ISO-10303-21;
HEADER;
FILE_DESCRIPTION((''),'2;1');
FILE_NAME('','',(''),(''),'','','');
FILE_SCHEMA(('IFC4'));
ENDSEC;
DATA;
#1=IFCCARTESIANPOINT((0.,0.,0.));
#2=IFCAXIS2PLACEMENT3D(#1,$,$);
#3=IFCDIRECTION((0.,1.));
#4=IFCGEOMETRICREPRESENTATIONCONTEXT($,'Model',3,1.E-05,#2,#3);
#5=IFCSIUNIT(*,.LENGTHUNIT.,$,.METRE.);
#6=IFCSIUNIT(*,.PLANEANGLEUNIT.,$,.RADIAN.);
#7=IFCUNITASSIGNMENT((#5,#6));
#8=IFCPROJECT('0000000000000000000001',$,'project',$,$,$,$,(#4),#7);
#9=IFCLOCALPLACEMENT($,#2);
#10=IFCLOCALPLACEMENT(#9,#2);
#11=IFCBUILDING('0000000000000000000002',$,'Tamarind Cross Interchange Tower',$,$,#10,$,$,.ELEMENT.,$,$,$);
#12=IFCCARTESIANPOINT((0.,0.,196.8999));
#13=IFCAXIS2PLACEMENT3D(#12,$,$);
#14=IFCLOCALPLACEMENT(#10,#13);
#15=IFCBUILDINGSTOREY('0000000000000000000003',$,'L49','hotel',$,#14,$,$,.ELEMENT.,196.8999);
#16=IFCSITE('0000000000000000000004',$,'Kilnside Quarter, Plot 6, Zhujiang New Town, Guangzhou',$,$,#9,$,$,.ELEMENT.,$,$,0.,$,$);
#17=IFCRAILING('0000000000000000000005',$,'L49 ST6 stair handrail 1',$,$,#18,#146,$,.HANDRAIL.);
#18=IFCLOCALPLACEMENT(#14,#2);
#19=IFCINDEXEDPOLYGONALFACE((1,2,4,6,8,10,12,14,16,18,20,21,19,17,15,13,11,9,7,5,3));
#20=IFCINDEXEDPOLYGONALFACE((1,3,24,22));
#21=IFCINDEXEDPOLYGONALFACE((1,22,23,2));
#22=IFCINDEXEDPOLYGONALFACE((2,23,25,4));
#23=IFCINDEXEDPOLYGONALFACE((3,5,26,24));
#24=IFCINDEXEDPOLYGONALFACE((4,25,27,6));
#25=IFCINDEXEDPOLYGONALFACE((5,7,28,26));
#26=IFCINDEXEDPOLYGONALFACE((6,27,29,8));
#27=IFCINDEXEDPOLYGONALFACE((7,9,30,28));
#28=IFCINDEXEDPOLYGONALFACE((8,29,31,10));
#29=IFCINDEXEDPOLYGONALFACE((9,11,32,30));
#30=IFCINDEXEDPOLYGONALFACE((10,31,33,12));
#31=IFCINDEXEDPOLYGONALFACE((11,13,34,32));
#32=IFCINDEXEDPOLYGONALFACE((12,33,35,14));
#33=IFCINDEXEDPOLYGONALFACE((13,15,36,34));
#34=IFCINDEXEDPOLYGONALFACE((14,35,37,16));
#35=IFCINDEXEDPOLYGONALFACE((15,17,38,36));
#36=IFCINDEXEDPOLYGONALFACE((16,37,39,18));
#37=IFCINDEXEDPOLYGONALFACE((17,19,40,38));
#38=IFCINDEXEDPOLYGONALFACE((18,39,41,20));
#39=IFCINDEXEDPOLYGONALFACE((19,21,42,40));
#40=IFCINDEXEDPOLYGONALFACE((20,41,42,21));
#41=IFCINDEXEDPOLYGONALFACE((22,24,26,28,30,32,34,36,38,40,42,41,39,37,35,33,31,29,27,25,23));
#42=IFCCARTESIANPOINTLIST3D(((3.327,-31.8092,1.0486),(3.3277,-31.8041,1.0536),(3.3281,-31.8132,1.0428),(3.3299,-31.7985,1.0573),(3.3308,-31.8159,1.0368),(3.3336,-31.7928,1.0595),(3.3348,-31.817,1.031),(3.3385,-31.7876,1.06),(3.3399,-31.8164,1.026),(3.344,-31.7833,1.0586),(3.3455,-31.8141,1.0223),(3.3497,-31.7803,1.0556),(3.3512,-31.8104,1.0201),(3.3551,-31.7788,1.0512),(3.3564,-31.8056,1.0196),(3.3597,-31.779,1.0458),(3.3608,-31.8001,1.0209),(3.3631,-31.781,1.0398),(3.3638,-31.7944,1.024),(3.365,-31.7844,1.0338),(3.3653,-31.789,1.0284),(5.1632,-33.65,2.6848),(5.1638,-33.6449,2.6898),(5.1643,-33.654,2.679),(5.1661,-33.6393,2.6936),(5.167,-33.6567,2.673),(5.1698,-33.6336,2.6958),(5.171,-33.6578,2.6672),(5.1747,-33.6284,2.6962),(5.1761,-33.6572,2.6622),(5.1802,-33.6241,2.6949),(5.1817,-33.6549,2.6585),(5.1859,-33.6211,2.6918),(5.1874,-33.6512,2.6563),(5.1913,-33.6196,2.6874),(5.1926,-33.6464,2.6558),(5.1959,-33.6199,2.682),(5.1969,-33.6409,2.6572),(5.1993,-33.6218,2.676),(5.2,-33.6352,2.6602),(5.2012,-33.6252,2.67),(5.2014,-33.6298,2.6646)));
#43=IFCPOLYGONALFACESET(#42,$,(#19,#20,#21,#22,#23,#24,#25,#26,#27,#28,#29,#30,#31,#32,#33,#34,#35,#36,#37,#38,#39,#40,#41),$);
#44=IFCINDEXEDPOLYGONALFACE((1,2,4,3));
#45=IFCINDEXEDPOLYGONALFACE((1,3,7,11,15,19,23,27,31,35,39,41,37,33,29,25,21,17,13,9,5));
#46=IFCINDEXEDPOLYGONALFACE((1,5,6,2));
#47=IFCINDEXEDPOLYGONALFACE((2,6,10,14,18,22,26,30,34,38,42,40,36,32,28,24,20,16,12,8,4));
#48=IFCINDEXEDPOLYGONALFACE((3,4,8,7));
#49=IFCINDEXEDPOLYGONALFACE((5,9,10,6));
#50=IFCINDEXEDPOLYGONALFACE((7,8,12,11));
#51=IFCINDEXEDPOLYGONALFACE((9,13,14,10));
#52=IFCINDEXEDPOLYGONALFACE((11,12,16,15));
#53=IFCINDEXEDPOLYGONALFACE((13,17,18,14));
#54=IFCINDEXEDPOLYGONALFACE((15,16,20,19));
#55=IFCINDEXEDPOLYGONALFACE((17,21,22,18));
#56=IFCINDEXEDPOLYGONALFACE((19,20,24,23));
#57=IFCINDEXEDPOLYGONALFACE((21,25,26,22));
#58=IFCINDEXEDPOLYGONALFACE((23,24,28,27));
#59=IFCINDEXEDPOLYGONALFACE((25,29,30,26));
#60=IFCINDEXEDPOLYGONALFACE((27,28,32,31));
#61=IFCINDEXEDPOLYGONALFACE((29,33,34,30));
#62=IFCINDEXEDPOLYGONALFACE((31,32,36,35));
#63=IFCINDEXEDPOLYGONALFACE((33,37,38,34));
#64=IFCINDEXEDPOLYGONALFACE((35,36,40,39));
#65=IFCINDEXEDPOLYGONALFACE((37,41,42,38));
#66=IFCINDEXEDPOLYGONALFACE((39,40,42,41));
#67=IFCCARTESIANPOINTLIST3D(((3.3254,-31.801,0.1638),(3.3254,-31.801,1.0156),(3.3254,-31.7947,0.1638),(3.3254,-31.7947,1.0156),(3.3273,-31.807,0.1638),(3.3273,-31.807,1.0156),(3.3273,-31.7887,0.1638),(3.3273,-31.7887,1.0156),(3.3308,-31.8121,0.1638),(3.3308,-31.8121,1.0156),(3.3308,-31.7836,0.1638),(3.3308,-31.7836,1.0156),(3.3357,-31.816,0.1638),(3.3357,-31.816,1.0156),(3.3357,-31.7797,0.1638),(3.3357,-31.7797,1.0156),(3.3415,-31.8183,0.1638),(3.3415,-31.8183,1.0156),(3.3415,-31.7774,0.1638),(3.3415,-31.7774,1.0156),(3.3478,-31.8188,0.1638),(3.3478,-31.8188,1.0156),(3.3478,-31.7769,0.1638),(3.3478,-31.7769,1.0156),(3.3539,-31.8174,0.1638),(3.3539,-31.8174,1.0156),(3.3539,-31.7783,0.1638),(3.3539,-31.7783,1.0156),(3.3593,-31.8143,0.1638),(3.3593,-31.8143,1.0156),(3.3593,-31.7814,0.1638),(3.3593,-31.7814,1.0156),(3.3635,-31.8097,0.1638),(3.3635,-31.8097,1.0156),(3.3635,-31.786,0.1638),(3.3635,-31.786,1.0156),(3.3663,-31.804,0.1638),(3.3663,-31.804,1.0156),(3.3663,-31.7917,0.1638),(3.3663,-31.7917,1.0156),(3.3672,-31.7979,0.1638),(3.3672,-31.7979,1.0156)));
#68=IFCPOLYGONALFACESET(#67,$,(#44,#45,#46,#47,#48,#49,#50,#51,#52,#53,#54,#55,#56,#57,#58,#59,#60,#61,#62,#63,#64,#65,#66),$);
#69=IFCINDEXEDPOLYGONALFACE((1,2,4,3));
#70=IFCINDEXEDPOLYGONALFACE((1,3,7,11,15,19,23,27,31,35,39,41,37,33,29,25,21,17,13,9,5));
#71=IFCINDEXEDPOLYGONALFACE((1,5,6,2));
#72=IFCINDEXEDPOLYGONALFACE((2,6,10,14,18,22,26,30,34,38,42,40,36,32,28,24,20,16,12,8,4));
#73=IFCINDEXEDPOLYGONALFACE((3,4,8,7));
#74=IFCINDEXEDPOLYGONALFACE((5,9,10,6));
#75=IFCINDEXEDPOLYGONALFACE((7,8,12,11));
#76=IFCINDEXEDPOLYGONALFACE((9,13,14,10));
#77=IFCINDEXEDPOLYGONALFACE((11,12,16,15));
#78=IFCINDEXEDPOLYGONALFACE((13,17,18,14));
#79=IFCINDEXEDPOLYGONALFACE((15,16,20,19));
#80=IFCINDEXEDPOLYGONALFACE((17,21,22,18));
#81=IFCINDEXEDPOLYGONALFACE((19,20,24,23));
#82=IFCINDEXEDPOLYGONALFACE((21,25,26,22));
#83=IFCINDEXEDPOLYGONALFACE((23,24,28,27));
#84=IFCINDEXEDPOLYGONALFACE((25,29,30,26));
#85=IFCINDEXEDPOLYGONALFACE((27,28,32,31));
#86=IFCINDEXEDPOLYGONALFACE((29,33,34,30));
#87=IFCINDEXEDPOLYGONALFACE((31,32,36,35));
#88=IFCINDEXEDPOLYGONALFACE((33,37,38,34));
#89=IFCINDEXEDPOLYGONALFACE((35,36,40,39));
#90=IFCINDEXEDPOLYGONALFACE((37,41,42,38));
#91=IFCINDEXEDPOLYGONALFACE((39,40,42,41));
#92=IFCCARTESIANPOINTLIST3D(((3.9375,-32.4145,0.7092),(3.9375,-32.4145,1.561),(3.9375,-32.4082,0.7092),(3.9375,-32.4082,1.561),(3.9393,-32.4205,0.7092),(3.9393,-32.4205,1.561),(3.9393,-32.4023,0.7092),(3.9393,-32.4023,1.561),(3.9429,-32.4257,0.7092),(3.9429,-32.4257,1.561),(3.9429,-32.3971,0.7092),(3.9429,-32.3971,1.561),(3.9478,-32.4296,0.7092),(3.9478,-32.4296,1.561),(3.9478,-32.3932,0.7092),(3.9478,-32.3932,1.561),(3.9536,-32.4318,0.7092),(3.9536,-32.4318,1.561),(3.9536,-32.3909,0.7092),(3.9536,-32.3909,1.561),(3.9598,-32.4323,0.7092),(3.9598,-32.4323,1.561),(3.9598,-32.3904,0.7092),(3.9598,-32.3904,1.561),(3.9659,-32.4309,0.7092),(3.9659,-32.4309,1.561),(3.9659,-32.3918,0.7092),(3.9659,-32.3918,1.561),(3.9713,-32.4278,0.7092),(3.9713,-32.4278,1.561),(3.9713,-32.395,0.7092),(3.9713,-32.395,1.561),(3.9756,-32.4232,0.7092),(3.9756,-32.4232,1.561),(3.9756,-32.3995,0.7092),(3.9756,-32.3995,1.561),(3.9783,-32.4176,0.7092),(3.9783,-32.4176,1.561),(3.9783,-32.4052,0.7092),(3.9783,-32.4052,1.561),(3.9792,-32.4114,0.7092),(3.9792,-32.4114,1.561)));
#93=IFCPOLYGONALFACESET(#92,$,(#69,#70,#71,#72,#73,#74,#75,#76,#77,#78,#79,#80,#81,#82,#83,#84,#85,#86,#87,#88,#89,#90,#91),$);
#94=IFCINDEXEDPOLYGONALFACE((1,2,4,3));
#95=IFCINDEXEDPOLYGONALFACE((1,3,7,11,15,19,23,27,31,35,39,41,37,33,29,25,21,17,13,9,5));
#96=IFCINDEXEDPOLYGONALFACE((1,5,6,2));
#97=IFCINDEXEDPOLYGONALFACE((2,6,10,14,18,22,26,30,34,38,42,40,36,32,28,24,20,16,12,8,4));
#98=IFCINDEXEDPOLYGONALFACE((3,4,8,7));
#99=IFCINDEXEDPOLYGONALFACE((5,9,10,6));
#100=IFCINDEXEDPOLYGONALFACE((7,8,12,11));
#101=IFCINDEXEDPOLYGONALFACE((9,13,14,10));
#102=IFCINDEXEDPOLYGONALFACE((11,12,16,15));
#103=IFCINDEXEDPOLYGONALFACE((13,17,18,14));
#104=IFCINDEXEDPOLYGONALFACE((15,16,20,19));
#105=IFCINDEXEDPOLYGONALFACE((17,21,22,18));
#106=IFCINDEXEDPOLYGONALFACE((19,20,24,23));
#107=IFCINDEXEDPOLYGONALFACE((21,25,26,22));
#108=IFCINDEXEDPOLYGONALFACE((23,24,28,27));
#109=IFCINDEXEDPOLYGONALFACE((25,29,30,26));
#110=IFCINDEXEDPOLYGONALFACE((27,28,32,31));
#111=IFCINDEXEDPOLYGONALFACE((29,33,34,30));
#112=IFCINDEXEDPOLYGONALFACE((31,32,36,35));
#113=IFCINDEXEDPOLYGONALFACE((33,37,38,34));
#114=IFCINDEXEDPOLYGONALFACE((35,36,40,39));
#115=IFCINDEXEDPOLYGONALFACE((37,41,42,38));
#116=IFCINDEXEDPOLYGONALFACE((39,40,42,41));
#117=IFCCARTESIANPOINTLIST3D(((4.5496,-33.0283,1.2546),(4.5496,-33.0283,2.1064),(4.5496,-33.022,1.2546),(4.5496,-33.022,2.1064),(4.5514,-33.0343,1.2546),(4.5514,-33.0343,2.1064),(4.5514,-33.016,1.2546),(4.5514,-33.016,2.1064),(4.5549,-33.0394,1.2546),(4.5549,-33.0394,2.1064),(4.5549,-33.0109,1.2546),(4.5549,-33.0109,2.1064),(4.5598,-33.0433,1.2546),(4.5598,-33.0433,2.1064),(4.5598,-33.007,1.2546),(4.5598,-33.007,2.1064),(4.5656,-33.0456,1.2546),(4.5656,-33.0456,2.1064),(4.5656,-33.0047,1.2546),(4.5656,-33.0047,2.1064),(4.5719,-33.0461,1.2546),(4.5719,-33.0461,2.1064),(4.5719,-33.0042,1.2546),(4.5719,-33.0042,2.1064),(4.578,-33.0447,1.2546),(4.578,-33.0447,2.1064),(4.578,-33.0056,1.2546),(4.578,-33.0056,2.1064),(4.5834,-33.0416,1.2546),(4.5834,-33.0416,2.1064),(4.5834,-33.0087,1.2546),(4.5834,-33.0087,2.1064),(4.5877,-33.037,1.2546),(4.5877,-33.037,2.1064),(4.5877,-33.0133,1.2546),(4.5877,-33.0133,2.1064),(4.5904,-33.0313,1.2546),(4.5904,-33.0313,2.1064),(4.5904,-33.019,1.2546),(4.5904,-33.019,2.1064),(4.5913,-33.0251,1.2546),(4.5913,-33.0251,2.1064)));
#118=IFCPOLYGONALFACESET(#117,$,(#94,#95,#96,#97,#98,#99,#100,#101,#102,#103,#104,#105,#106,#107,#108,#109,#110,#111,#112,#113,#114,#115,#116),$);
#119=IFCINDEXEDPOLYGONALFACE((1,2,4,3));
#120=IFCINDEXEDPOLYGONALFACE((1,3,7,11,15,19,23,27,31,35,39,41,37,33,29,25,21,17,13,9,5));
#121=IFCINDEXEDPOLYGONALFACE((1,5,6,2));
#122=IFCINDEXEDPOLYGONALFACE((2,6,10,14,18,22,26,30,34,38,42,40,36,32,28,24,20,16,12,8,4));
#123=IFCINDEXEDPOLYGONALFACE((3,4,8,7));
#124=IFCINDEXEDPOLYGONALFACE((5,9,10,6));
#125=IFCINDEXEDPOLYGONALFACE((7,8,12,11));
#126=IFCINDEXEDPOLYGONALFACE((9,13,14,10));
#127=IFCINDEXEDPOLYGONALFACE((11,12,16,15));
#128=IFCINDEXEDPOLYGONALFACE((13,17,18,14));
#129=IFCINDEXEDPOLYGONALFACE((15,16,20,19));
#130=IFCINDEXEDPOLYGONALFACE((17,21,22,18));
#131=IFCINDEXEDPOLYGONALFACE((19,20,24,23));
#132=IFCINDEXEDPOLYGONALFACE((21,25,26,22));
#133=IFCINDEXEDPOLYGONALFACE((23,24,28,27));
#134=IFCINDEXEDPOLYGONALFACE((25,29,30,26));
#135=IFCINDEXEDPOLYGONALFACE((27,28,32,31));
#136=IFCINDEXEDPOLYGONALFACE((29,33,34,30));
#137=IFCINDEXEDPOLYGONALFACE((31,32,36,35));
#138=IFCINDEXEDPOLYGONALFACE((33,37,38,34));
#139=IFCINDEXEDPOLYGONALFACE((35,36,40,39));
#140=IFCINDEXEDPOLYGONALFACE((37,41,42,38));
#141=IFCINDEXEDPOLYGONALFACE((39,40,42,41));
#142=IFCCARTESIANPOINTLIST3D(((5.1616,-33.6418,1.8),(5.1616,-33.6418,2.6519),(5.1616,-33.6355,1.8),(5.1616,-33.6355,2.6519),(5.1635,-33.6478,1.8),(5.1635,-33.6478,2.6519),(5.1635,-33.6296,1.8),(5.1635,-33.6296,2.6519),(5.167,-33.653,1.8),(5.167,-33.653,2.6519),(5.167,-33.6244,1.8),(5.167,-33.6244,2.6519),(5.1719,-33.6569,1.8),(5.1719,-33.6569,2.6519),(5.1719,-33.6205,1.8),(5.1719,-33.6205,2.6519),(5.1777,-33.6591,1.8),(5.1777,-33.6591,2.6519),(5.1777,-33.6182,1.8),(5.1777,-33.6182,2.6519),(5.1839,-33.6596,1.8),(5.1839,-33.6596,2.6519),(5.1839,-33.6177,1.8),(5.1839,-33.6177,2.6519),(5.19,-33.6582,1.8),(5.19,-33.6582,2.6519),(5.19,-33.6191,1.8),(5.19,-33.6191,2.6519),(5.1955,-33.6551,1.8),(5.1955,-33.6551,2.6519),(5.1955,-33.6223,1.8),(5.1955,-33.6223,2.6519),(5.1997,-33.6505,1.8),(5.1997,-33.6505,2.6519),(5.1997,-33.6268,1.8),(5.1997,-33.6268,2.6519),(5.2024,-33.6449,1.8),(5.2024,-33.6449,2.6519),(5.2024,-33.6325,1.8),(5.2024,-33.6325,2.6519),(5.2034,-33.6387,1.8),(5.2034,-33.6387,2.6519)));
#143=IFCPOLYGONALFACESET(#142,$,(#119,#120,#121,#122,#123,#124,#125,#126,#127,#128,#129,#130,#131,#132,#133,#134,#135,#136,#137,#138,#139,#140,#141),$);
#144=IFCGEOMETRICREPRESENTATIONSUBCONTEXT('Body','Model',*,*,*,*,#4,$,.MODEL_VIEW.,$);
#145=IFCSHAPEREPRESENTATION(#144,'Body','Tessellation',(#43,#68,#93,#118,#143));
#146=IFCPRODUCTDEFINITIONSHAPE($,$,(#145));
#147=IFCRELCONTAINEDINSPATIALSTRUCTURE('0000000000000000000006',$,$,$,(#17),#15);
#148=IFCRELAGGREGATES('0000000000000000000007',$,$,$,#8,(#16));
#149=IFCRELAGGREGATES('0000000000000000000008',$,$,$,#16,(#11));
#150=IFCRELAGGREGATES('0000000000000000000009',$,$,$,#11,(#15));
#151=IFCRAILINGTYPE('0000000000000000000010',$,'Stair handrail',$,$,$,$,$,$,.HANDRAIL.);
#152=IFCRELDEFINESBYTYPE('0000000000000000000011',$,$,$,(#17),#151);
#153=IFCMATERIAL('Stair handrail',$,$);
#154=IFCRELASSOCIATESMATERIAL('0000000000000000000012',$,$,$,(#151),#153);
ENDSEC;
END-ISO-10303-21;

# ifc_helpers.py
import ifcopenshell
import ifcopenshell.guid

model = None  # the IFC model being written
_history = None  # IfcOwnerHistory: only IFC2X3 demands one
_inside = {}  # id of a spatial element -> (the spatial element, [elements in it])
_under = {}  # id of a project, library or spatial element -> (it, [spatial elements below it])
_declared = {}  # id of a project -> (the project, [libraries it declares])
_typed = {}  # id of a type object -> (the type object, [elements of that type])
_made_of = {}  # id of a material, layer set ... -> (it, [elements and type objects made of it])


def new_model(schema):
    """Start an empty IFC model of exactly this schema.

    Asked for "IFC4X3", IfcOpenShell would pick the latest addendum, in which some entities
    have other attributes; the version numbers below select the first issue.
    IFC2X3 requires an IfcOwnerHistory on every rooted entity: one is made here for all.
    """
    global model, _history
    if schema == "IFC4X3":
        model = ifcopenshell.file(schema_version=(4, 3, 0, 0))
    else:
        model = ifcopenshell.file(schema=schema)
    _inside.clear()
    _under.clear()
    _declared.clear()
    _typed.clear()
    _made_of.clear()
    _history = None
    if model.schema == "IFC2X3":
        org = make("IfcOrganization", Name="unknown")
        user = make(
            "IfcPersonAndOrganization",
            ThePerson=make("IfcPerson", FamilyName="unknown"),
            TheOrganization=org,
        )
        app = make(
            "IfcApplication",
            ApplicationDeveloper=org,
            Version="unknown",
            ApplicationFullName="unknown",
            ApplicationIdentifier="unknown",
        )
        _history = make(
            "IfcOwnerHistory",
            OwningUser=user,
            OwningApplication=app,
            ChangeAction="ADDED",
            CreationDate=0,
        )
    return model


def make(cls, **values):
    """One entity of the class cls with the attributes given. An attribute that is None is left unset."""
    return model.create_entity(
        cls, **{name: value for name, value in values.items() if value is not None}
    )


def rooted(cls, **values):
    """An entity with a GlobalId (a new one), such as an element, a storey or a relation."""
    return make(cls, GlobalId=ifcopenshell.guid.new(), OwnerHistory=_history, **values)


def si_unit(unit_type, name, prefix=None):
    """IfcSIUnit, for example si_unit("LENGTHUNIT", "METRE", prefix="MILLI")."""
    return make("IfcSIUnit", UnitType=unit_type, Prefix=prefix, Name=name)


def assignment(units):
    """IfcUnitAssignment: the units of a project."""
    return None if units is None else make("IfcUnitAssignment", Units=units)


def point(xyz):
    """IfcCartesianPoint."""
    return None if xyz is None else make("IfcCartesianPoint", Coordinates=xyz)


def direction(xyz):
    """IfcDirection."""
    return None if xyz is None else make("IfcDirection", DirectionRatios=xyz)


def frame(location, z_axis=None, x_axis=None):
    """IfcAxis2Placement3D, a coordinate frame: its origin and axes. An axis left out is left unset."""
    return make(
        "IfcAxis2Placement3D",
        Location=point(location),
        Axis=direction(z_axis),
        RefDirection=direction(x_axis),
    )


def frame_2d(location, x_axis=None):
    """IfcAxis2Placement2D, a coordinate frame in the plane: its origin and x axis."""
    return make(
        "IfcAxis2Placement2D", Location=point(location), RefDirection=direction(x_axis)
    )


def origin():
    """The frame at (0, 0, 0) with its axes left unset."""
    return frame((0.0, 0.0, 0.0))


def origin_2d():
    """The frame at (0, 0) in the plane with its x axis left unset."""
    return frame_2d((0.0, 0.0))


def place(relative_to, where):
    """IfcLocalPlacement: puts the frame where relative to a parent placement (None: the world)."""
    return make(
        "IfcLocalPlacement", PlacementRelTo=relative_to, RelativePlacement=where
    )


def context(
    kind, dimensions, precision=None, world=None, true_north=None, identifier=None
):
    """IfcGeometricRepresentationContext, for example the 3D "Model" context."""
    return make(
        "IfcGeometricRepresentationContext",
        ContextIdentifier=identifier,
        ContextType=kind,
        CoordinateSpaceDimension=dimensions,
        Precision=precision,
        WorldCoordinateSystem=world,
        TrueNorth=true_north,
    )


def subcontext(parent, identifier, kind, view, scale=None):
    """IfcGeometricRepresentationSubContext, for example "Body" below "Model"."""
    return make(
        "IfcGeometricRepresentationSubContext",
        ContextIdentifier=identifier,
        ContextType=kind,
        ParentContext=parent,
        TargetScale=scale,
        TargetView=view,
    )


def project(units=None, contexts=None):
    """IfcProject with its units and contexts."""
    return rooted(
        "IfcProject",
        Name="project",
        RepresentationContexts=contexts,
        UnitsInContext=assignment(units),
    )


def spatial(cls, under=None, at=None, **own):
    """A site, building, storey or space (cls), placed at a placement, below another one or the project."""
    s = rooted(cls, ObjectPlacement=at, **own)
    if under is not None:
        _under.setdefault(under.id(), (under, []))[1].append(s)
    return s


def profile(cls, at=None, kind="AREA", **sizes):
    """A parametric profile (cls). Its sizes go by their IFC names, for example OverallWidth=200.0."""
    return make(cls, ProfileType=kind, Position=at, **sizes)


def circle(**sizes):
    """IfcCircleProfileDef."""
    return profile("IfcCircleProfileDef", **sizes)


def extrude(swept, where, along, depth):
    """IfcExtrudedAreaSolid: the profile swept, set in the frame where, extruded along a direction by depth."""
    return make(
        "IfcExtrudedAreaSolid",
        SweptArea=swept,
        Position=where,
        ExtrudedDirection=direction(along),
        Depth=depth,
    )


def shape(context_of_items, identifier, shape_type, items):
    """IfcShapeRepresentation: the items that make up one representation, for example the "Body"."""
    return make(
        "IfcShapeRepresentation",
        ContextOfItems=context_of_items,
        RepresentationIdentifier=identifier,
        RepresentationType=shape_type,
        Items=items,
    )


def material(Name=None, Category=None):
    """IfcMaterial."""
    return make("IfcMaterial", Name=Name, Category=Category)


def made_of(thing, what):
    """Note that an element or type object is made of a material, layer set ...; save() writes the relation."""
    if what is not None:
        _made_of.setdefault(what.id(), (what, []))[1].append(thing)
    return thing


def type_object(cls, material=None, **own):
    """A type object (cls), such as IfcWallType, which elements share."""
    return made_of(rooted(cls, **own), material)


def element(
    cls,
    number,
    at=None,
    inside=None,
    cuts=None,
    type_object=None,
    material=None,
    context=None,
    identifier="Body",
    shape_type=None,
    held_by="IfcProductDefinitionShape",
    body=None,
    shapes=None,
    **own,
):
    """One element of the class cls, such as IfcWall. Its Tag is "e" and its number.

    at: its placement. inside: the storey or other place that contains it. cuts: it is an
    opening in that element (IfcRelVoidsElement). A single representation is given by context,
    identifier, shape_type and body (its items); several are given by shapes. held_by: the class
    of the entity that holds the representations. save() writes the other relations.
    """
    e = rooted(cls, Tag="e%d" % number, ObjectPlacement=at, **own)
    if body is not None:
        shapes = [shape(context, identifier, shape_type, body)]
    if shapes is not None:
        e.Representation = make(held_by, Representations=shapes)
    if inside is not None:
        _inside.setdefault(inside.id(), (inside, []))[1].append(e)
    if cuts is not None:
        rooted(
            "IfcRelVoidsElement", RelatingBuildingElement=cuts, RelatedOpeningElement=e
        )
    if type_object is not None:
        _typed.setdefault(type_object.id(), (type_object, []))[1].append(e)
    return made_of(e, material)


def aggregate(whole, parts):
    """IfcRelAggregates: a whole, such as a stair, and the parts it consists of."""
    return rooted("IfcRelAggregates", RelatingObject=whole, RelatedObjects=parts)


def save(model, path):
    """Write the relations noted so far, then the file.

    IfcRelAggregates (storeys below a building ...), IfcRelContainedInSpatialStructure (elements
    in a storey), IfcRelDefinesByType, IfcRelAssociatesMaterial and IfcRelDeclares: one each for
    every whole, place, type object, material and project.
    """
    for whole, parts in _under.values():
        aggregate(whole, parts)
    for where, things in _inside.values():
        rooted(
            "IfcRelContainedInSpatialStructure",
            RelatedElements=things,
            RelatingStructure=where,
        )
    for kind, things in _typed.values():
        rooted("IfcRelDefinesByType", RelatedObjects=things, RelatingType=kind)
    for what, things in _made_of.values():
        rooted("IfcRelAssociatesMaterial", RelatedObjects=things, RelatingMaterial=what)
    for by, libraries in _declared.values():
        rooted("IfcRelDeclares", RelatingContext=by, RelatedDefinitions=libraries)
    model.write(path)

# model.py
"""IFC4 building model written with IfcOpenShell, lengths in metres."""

from ifc_helpers import new_model, si_unit, direction, frame, origin, origin_2d, place, context, subcontext, project, spatial, circle, extrude, material, type_object, element, save


model = new_model("IFC4")

# Units and contexts
model_context = context("Model", 3, precision=1e-05, world=origin(), true_north=direction((0.0, 1.0)))
body_context = subcontext(model_context, "Body", "Model", "MODEL_VIEW")
ifc_project = project(units=[si_unit("LENGTHUNIT", "METRE"), si_unit("PLANEANGLEUNIT", "RADIAN")], contexts=[model_context])

# Site, building, storey
site_placement = place(None, origin())
site = spatial("IfcSite", under=ifc_project, at=site_placement, Name="Kilnside Quarter, Plot 6, Zhujiang New Town, Guangzhou", CompositionType="ELEMENT", RefElevation=0.0)
building_placement = place(site_placement, origin())
building = spatial("IfcBuilding", under=site, at=building_placement, Name="Tamarind Cross Interchange Tower", CompositionType="ELEMENT")
storey_placement = place(building_placement, frame((0.0, 0.0, 196.8999)))
storey = spatial("IfcBuildingStorey", under=building, at=storey_placement, Name="L49", Description="hotel", CompositionType="ELEMENT", Elevation=196.8999)

# Railing
ifc_material_1 = material(Name="Stair handrail")
railing_type_1 = type_object("IfcRailingType", Name="Stair handrail", PredefinedType="HANDRAIL", material=ifc_material_1)
railing_1_placement = place(storey_placement, frame((3.3462, -31.7979, 0.1638)))
element("IfcRailing", 1, at=railing_1_placement, inside=storey, type_object=railing_type_1, Name="L49 ST6 stair handrail 1", PredefinedType="HANDRAIL", context=body_context, shape_type="SweptSolid", body=[
    extrude(circle(Radius=0.0239, at=origin_2d()), frame((0.0, 0.0, 0.876), z_axis=(0.597708, -0.599217, 0.53262), x_axis=(0.707998, 0.706214, 0.0)), (0.0, 0.0, 1.0), 3.072),
    extrude(circle(Radius=0.021, at=origin_2d()), origin(), (0.0, 0.0, 1.0), 0.8518),
    extrude(circle(Radius=0.021, at=origin_2d()), frame((0.6121, -0.6135, 0.5454)), (0.0, 0.0, 1.0), 0.8518),
    extrude(circle(Radius=0.021, at=origin_2d()), frame((1.2241, -1.2273, 1.0908)), (0.0, 0.0, 1.0), 0.8518),
    extrude(circle(Radius=0.021, at=origin_2d()), frame((1.8362, -1.8408, 1.6362)), (0.0, 0.0, 1.0), 0.8518),
])

save(model, "model.ifc")
